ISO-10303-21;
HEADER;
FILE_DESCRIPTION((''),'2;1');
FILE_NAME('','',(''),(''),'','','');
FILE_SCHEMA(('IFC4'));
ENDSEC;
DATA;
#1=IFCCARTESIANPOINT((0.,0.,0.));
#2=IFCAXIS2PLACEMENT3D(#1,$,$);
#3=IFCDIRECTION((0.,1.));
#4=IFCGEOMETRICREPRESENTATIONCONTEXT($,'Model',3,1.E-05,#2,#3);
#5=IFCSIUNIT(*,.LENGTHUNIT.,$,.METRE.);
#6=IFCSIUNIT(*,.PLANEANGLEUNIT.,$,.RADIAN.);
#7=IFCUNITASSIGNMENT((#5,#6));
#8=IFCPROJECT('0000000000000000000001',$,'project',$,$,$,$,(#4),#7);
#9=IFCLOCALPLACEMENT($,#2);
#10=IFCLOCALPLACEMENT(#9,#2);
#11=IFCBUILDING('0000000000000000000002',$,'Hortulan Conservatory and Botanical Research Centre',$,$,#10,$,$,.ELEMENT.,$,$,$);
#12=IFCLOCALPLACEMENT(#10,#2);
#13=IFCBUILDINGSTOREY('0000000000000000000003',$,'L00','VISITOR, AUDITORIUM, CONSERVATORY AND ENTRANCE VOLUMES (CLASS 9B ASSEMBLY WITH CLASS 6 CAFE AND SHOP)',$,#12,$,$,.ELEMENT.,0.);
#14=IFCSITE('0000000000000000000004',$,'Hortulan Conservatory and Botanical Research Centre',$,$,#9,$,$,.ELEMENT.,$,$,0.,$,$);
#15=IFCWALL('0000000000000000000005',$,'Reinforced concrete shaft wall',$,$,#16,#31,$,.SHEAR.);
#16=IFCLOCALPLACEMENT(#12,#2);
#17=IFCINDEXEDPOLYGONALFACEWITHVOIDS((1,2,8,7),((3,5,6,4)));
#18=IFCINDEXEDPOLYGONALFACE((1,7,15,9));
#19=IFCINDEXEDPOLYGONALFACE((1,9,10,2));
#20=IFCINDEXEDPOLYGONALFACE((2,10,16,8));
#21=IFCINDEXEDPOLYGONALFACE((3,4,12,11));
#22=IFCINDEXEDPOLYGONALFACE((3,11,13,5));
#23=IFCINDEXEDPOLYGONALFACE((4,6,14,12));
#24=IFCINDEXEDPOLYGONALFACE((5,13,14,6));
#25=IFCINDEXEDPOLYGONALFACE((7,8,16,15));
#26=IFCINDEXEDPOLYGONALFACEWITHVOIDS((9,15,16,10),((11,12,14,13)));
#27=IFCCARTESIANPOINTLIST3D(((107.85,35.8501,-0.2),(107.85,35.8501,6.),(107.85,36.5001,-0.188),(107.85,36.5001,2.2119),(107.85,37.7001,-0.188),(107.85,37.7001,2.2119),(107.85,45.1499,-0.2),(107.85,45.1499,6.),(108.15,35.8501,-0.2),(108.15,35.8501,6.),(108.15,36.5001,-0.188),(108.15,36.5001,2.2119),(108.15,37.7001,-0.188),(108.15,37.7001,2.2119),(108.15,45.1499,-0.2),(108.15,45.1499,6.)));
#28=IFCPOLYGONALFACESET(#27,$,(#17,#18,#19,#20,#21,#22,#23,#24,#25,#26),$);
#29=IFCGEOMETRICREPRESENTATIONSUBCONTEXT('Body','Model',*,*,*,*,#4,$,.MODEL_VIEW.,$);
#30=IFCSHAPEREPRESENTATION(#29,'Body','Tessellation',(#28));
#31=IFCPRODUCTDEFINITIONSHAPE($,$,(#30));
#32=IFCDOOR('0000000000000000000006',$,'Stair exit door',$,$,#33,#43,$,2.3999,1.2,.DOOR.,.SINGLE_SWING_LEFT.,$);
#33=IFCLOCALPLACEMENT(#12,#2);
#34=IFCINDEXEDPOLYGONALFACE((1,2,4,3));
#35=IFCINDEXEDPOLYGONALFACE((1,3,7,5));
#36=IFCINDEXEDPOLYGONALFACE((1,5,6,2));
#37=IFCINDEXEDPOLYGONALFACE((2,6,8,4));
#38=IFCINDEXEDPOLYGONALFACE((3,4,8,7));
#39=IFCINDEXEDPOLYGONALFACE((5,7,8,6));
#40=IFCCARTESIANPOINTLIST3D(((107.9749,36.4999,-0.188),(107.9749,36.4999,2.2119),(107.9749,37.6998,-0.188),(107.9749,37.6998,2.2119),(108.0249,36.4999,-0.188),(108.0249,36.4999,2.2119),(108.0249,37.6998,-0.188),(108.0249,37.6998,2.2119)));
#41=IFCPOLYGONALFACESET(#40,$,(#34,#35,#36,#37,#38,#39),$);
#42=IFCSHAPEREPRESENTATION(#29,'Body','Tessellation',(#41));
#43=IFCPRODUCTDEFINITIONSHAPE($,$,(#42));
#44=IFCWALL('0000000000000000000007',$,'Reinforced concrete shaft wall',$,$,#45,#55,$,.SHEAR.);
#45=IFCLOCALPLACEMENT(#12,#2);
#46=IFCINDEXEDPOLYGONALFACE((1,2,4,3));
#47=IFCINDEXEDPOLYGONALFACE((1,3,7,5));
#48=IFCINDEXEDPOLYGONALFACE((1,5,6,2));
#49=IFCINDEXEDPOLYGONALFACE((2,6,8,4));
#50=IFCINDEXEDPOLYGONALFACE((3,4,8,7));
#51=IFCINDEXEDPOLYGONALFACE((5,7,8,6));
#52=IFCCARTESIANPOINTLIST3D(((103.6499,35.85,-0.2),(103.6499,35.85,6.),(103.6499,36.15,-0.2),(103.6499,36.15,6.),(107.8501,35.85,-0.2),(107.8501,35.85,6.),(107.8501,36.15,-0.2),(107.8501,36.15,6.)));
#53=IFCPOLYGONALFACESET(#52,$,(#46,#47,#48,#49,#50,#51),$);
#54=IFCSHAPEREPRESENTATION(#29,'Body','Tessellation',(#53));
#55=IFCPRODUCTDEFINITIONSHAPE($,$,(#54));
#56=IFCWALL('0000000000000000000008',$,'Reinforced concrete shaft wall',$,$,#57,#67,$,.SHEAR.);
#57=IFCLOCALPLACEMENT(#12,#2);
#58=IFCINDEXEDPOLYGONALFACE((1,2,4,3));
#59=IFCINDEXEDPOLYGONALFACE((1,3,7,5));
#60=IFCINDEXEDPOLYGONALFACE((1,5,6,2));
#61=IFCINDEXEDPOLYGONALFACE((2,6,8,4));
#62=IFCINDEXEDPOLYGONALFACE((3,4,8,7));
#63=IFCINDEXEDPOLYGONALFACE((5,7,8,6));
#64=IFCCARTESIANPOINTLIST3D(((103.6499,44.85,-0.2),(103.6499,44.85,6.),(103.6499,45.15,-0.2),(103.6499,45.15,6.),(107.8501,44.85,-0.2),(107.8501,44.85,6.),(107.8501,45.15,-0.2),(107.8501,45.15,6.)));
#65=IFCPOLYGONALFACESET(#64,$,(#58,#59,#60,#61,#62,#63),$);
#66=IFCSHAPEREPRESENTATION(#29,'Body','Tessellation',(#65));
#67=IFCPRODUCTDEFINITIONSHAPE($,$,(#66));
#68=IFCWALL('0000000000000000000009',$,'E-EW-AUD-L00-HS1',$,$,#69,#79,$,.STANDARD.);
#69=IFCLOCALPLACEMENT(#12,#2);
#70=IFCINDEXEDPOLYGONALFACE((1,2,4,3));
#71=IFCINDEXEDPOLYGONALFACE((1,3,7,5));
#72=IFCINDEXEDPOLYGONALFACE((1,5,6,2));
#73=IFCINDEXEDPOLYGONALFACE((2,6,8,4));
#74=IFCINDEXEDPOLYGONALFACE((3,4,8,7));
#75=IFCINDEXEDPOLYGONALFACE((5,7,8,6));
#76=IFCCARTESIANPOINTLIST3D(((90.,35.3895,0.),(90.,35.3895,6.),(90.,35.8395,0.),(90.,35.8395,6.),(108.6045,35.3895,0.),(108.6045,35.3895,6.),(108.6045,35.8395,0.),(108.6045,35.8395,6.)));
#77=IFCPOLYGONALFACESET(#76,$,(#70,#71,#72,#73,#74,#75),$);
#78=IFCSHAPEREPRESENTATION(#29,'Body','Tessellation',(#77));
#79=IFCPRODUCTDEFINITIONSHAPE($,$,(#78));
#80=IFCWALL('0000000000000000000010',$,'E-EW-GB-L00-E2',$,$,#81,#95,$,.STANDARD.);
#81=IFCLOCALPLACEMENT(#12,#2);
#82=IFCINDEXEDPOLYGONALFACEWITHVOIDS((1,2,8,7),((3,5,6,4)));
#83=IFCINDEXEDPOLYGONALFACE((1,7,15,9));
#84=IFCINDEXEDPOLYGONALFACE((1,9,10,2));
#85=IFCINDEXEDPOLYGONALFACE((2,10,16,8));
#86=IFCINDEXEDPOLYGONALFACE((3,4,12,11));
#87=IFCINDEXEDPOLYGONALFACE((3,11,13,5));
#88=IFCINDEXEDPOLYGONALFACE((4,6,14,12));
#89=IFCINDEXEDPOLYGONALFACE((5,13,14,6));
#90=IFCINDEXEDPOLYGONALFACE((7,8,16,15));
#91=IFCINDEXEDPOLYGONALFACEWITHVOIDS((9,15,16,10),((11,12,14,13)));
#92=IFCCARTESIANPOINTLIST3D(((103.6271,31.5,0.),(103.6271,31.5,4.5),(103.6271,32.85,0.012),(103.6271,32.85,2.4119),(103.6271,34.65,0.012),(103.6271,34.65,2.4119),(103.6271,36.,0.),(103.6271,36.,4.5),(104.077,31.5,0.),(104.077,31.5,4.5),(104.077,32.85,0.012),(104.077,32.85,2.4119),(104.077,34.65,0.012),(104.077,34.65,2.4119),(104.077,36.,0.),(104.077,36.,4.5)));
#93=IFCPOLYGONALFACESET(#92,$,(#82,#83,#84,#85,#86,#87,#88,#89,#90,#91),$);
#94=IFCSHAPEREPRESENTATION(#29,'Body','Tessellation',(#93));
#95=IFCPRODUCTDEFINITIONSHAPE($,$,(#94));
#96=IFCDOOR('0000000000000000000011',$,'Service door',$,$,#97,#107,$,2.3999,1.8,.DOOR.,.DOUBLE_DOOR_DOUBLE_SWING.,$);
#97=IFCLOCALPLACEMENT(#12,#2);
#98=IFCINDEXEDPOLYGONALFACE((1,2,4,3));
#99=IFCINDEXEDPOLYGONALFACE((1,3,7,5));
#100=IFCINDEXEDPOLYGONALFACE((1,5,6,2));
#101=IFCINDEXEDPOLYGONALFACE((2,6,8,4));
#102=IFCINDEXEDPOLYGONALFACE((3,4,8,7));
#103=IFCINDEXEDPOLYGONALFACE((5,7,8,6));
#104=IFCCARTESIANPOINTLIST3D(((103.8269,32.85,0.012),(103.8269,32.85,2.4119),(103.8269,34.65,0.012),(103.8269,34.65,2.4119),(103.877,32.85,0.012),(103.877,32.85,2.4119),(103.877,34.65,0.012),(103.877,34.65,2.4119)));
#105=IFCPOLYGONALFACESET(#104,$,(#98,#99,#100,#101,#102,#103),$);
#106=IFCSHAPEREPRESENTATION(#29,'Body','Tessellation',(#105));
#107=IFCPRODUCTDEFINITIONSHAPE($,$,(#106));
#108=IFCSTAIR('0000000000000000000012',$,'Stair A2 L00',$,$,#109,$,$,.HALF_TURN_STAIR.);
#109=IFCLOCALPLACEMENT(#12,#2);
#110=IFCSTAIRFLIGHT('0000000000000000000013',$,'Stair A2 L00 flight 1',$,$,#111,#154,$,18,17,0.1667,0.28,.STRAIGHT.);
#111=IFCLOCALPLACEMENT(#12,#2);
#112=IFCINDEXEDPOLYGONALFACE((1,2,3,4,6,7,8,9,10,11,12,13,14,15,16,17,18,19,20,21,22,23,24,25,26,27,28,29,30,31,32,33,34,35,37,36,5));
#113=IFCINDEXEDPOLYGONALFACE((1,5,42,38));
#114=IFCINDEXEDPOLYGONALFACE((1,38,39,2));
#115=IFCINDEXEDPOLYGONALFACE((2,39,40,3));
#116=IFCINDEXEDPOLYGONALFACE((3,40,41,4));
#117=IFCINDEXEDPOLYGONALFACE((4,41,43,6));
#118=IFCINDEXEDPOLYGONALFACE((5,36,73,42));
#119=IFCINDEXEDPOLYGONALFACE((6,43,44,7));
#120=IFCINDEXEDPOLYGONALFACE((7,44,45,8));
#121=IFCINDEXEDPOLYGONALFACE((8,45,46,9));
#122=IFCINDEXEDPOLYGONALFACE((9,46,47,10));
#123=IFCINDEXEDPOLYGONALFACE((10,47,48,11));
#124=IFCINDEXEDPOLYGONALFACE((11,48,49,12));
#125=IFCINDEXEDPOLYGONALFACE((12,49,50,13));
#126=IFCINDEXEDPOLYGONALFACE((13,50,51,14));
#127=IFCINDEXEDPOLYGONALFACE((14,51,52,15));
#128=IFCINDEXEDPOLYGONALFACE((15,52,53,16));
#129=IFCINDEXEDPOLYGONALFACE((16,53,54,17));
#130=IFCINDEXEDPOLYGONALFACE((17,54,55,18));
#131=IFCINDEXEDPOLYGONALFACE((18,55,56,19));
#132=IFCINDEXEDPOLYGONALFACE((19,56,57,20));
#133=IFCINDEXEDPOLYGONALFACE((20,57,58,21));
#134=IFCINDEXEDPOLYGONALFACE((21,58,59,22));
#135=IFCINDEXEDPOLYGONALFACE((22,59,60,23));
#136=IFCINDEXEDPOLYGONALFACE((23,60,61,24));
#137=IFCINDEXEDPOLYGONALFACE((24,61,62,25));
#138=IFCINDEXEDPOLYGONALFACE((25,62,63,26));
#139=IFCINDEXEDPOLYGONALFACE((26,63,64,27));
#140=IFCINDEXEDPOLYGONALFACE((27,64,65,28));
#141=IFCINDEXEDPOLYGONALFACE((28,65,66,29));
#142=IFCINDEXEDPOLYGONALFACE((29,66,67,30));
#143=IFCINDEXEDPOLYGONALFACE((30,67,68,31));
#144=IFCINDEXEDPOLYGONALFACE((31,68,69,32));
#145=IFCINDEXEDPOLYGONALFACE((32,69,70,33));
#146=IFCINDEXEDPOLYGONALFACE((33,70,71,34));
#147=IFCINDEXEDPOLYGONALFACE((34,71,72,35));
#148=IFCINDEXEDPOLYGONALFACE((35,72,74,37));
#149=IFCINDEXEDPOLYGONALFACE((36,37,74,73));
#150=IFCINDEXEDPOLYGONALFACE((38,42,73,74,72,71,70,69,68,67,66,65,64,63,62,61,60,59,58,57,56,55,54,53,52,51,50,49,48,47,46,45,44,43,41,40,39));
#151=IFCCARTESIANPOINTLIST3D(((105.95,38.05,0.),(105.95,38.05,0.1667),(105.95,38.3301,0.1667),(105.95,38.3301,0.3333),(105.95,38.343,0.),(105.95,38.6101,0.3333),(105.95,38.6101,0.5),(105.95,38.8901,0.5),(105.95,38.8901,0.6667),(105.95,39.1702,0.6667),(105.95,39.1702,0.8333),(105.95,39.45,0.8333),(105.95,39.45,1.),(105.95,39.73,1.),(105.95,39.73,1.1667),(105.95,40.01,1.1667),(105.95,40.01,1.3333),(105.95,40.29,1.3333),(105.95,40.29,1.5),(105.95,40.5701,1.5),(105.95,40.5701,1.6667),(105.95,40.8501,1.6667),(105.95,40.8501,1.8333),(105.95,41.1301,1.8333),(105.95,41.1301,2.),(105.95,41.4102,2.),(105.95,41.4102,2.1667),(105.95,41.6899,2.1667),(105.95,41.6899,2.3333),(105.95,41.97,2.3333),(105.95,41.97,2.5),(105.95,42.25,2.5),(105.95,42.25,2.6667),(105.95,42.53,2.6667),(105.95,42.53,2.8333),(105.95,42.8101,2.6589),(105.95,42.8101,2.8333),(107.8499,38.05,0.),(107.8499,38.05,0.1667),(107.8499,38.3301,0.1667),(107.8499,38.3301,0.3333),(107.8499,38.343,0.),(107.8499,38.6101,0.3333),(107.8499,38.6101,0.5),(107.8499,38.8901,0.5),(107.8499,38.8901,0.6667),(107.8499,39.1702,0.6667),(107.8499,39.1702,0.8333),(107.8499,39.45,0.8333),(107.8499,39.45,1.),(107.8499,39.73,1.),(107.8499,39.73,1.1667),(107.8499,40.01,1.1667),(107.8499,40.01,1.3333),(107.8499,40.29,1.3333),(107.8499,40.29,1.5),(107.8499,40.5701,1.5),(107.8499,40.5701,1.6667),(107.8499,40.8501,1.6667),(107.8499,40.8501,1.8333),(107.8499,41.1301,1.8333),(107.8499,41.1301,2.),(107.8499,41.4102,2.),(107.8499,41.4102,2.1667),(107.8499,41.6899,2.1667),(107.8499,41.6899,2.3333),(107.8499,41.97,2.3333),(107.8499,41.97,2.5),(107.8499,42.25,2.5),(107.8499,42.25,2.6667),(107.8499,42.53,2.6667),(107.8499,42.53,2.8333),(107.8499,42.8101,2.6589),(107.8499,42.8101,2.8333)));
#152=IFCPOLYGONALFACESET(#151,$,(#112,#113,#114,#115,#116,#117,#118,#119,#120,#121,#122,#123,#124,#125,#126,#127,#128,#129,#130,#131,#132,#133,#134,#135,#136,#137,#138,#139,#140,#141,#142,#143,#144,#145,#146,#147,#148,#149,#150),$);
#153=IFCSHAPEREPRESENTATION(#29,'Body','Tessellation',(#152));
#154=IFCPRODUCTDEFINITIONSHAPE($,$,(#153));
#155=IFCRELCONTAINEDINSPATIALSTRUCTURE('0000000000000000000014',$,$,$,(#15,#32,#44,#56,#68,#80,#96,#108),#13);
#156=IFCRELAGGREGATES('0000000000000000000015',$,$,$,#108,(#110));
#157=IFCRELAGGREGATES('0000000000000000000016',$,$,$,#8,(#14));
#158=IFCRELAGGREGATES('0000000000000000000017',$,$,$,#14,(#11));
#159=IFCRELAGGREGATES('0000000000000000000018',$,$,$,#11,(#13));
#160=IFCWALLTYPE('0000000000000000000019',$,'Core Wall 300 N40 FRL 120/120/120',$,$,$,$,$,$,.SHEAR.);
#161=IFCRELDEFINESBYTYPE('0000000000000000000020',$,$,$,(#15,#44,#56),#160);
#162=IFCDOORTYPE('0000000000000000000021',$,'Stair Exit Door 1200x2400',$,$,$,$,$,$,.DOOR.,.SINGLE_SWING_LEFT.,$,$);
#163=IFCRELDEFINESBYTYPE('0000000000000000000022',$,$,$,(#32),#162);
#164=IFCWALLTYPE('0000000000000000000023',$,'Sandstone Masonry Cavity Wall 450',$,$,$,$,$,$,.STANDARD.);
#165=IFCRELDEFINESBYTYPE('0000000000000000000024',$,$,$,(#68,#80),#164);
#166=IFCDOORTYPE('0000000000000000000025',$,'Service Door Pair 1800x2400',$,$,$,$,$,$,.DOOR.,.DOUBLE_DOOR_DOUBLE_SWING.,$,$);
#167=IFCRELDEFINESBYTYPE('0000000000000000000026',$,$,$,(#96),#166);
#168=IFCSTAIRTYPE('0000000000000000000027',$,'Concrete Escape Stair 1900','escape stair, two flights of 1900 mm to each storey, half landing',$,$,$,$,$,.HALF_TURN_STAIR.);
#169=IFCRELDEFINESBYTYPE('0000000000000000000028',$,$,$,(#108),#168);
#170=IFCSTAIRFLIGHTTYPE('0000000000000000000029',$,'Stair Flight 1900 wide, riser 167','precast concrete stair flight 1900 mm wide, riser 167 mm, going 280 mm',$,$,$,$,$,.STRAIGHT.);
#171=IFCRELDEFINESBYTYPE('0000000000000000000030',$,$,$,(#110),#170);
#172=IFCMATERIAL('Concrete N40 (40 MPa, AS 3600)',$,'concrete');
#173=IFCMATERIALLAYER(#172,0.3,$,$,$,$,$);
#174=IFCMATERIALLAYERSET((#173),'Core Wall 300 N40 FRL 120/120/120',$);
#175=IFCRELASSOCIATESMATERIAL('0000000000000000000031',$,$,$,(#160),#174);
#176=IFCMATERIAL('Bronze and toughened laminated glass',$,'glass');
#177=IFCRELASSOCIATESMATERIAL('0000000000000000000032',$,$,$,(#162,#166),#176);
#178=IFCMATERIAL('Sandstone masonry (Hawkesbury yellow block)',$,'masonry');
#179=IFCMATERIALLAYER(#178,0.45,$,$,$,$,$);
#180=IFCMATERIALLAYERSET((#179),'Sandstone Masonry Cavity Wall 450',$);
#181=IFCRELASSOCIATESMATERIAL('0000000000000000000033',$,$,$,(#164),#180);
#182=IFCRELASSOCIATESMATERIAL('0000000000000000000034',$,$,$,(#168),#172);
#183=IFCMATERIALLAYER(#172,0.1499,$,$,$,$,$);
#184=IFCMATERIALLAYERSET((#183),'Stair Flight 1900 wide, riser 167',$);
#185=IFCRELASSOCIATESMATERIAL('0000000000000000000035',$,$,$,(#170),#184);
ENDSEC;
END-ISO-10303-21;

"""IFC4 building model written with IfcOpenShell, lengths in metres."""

from ifc_helpers import new_model, si_unit, direction, frame, frame_2d, origin, place, context, subcontext, project, spatial, polyline, rectangle, outline, extrude, material, layer, layer_set, type_object, element, fill, aggregate, save


model = new_model("IFC4")

# Units and contexts
model_context = context("Model", 3, precision=1e-05, world=origin(), true_north=direction((0.0, 1.0)))
body_context = subcontext(model_context, "Body", "Model", "MODEL_VIEW")
ifc_project = project(units=[si_unit("LENGTHUNIT", "METRE"), si_unit("PLANEANGLEUNIT", "RADIAN")], contexts=[model_context])

# Site, building, storey
site_placement = place(None, origin())
site = spatial("IfcSite", under=ifc_project, at=site_placement, Name="Hortulan Conservatory and Botanical Research Centre", CompositionType="ELEMENT", RefElevation=0.0)
building_placement = place(site_placement, origin())
building = spatial("IfcBuilding", under=site, at=building_placement, Name="Hortulan Conservatory and Botanical Research Centre", CompositionType="ELEMENT")
storey_placement = place(building_placement, origin())
storey = spatial("IfcBuildingStorey", under=building, at=storey_placement, Name="L00", Description="VISITOR, AUDITORIUM, CONSERVATORY AND ENTRANCE VOLUMES (CLASS 9B ASSEMBLY WITH CLASS 6 CAFE AND SHOP)", CompositionType="ELEMENT", Elevation=0.0)

# Shared definitions
ifc_material_1 = material(Name="Concrete N40 (40 MPa, AS 3600)", Category="concrete")

# Wall, opening, door
ifc_layer_1 = layer(ifc_material_1, 0.3)
ifc_layer_set_1 = layer_set([ifc_layer_1], Name="Core Wall 300 N40 FRL 120/120/120")
wall_type_1 = type_object("IfcWallType", Name="Core Wall 300 N40 FRL 120/120/120", PredefinedType="SHEAR", material=ifc_layer_set_1)
wall_1_placement = place(storey_placement, frame((108.0, 35.8501, -0.2), z_axis=(0.0, 0.0, 1.0), x_axis=(0.0, 1.0, 0.0)))
wall_1 = element("IfcWall", 1, at=wall_1_placement, inside=storey, type_object=wall_type_1, Name="Reinforced concrete shaft wall", PredefinedType="SHEAR", context=body_context, shape_type="SweptSolid", body=[
    extrude(rectangle(XDim=9.2998, YDim=0.3, at=frame_2d((4.6499, 0.0))), origin(), (0.0, 0.0, 1.0), 6.2),
])
opening_1_placement = place(wall_1_placement, frame((0.6499, 0.0, 0.012)))
opening_1 = element("IfcOpeningElement", 2, at=opening_1_placement, cuts=wall_1, PredefinedType="OPENING", context=body_context, shape_type="SweptSolid", body=[
    extrude(rectangle(XDim=1.2, YDim=2.3999, at=frame_2d((0.6001, 1.2))), frame((0.0, 0.1599, 0.0), z_axis=(0.0, -1.0, 0.0), x_axis=(1.0, 0.0, 0.0)), (0.0, 0.0, 1.0), 0.3201),
])
ifc_material_2 = material(Name="Bronze and toughened laminated glass", Category="glass")
door_type_1 = type_object("IfcDoorType", Name="Stair Exit Door 1200x2400", OperationType="SINGLE_SWING_LEFT", PredefinedType="DOOR", material=ifc_material_2)
door_1_placement = place(opening_1_placement, frame((1.2, 0.0, 0.0), z_axis=(0.0, 0.0, 1.0), x_axis=(-1.0, 0.0, 0.0)))
door_1 = element("IfcDoor", 3, at=door_1_placement, inside=storey, type_object=door_type_1, Name="Stair exit door", OperationType="SINGLE_SWING_LEFT", OverallHeight=2.3999, OverallWidth=1.2, PredefinedType="DOOR", context=body_context, shape_type="SweptSolid", body=[
    extrude(rectangle(XDim=1.2, YDim=2.3999, at=frame_2d((0.6001, 1.2))), frame((0.0, 0.0249, 0.0), z_axis=(0.0, -1.0, 0.0), x_axis=(1.0, 0.0, 0.0)), (0.0, 0.0, 1.0), 0.05),
])
fill(opening_1, door_1)

# Walls
for number, where, z_axis, x_axis, name in (
    (4, (103.6499, 36.0, -0.2), (0.0, 0.0, 1.0), (1.0, 0.0, 0.0), "Reinforced concrete shaft wall"),
    (5, (103.6499, 45.0, -0.2), (0.0, 0.0, 1.0), (1.0, 0.0, 0.0), "Reinforced concrete shaft wall"),
):
    element("IfcWall", number, at=place(storey_placement, frame(where, z_axis=z_axis, x_axis=x_axis)), inside=storey, type_object=wall_type_1, Name=name, PredefinedType="SHEAR", context=body_context, shape_type="SweptSolid", body=[
        extrude(rectangle(XDim=4.2002, YDim=0.3, at=frame_2d((2.1001, 0.0))), origin(), (0.0, 0.0, 1.0), 6.2),
    ])
ifc_material_3 = material(Name="Sandstone masonry (Hawkesbury yellow block)", Category="masonry")
ifc_layer_2 = layer(ifc_material_3, 0.45)
ifc_layer_set_2 = layer_set([ifc_layer_2], Name="Sandstone Masonry Cavity Wall 450")
wall_type_2 = type_object("IfcWallType", Name="Sandstone Masonry Cavity Wall 450", PredefinedType="STANDARD", material=ifc_layer_set_2)
wall_2_placement = place(storey_placement, frame((108.6045, 35.6145, 0.0), z_axis=(0.0, 0.0, 1.0), x_axis=(-1.0, 0.0, 0.0)))
element("IfcWall", 6, at=wall_2_placement, inside=storey, type_object=wall_type_2, Name="E-EW-AUD-L00-HS1", PredefinedType="STANDARD", context=body_context, shape_type="SweptSolid", body=[
    extrude(rectangle(XDim=18.6045, YDim=0.45, at=frame_2d((9.3022, 0.0))), origin(), (0.0, 0.0, 1.0), 6.0),
])

# Wall, opening, door
wall_3_placement = place(storey_placement, frame((103.8521, 36.0, 0.0), z_axis=(0.0, 0.0, 1.0), x_axis=(0.0, -1.0, 0.0)))
wall_3 = element("IfcWall", 7, at=wall_3_placement, inside=storey, type_object=wall_type_2, Name="E-EW-GB-L00-E2", PredefinedType="STANDARD", context=body_context, shape_type="SweptSolid", body=[
    extrude(rectangle(XDim=4.5, YDim=0.45, at=frame_2d((2.25, 0.0))), origin(), (0.0, 0.0, 1.0), 4.5),
])
opening_2_placement = place(wall_3_placement, frame((1.3501, 0.0, 0.012)))
opening_2 = element("IfcOpeningElement", 8, at=opening_2_placement, cuts=wall_3, PredefinedType="OPENING", context=body_context, shape_type="SweptSolid", body=[
    extrude(rectangle(XDim=1.8, YDim=2.3999, at=frame_2d((0.8999, 1.2))), frame((0.0, 0.2349, 0.0), z_axis=(0.0, -1.0, 0.0), x_axis=(1.0, 0.0, 0.0)), (0.0, 0.0, 1.0), 0.47),
])
door_type_2 = type_object("IfcDoorType", Name="Service Door Pair 1800x2400", OperationType="DOUBLE_DOOR_DOUBLE_SWING", PredefinedType="DOOR", material=ifc_material_2)
door_2_placement = place(opening_2_placement, origin())
door_2 = element("IfcDoor", 9, at=door_2_placement, inside=storey, type_object=door_type_2, Name="Service door", OperationType="DOUBLE_DOOR_DOUBLE_SWING", OverallHeight=2.3999, OverallWidth=1.8, PredefinedType="DOOR", context=body_context, shape_type="SweptSolid", body=[
    extrude(rectangle(XDim=1.8, YDim=2.3999, at=frame_2d((0.8999, 1.2))), frame((0.0, 0.0249, 0.0), z_axis=(0.0, -1.0, 0.0), x_axis=(1.0, 0.0, 0.0)), (0.0, 0.0, 1.0), 0.05),
])
fill(opening_2, door_2)

# Stair, stair flight
stair_type = type_object("IfcStairType", Name="Concrete Escape Stair 1900", Description="escape stair, two flights of 1900 mm to each storey, half landing", PredefinedType="HALF_TURN_STAIR", material=ifc_material_1)
stair_placement = place(storey_placement, origin())
stair = element("IfcStair", 10, at=stair_placement, inside=storey, type_object=stair_type, Name="Stair A2 L00", PredefinedType="HALF_TURN_STAIR")
ifc_layer_3 = layer(ifc_material_1, 0.1499)
ifc_layer_set_3 = layer_set([ifc_layer_3], Name="Stair Flight 1900 wide, riser 167")
stair_flight_type = type_object("IfcStairFlightType", Name="Stair Flight 1900 wide, riser 167", Description="precast concrete stair flight 1900 mm wide, riser 167 mm, going 280 mm", PredefinedType="STRAIGHT", material=ifc_layer_set_3)
stair_flight_1_placement = place(storey_placement, frame((106.8999, 38.05, 0.0), z_axis=(0.0, 0.0, 1.0), x_axis=(0.0, 1.0, 0.0)))
stair_flight_1 = element("IfcStairFlight", 11, at=stair_flight_1_placement, type_object=stair_flight_type, Name="Stair A2 L00 flight 1", NumberOfRisers=18, NumberOfTreads=17, PredefinedType="STRAIGHT", RiserHeight=0.1667, TreadLength=0.28, context=body_context, shape_type="SweptSolid", body=[
    extrude(outline(polyline([(0.0, 0.0), (0.0, 0.1667), (0.28, 0.1667), (0.28, 0.3333), (0.5601, 0.3333), (0.5601, 0.5), (0.8401, 0.5), (0.8401, 0.6667), (1.1201, 0.6667), (1.1201, 0.8333), (1.3999, 0.8333), (1.3999, 1.0), (1.6799, 1.0), (1.6799, 1.1667), (1.96, 1.1667), (1.96, 1.3333), (2.24, 1.3333), (2.24, 1.5), (2.52, 1.5), (2.52, 1.6667), (2.8, 1.6667), (2.8, 1.8333), (3.0801, 1.8333), (3.0801, 2.0), (3.3601, 2.0), (3.3601, 2.1667), (3.6399, 2.1667), (3.6399, 2.3333), (3.9199, 2.3333), (3.9199, 2.5), (4.2, 2.5), (4.2, 2.6667), (4.48, 2.6667), (4.48, 2.8333), (4.76, 2.8333), (4.76, 3.0), (4.76, 2.6589), (0.293, 0.0), (0.0, 0.0)])), frame((0.0, 0.95, 0.0), z_axis=(0.0, -1.0, 0.0), x_axis=(1.0, 0.0, 0.0)), (0.0, 0.0, 1.0), 1.8999),
])
aggregate(stair, [stair_flight_1])

save(model, "model.ifc")
